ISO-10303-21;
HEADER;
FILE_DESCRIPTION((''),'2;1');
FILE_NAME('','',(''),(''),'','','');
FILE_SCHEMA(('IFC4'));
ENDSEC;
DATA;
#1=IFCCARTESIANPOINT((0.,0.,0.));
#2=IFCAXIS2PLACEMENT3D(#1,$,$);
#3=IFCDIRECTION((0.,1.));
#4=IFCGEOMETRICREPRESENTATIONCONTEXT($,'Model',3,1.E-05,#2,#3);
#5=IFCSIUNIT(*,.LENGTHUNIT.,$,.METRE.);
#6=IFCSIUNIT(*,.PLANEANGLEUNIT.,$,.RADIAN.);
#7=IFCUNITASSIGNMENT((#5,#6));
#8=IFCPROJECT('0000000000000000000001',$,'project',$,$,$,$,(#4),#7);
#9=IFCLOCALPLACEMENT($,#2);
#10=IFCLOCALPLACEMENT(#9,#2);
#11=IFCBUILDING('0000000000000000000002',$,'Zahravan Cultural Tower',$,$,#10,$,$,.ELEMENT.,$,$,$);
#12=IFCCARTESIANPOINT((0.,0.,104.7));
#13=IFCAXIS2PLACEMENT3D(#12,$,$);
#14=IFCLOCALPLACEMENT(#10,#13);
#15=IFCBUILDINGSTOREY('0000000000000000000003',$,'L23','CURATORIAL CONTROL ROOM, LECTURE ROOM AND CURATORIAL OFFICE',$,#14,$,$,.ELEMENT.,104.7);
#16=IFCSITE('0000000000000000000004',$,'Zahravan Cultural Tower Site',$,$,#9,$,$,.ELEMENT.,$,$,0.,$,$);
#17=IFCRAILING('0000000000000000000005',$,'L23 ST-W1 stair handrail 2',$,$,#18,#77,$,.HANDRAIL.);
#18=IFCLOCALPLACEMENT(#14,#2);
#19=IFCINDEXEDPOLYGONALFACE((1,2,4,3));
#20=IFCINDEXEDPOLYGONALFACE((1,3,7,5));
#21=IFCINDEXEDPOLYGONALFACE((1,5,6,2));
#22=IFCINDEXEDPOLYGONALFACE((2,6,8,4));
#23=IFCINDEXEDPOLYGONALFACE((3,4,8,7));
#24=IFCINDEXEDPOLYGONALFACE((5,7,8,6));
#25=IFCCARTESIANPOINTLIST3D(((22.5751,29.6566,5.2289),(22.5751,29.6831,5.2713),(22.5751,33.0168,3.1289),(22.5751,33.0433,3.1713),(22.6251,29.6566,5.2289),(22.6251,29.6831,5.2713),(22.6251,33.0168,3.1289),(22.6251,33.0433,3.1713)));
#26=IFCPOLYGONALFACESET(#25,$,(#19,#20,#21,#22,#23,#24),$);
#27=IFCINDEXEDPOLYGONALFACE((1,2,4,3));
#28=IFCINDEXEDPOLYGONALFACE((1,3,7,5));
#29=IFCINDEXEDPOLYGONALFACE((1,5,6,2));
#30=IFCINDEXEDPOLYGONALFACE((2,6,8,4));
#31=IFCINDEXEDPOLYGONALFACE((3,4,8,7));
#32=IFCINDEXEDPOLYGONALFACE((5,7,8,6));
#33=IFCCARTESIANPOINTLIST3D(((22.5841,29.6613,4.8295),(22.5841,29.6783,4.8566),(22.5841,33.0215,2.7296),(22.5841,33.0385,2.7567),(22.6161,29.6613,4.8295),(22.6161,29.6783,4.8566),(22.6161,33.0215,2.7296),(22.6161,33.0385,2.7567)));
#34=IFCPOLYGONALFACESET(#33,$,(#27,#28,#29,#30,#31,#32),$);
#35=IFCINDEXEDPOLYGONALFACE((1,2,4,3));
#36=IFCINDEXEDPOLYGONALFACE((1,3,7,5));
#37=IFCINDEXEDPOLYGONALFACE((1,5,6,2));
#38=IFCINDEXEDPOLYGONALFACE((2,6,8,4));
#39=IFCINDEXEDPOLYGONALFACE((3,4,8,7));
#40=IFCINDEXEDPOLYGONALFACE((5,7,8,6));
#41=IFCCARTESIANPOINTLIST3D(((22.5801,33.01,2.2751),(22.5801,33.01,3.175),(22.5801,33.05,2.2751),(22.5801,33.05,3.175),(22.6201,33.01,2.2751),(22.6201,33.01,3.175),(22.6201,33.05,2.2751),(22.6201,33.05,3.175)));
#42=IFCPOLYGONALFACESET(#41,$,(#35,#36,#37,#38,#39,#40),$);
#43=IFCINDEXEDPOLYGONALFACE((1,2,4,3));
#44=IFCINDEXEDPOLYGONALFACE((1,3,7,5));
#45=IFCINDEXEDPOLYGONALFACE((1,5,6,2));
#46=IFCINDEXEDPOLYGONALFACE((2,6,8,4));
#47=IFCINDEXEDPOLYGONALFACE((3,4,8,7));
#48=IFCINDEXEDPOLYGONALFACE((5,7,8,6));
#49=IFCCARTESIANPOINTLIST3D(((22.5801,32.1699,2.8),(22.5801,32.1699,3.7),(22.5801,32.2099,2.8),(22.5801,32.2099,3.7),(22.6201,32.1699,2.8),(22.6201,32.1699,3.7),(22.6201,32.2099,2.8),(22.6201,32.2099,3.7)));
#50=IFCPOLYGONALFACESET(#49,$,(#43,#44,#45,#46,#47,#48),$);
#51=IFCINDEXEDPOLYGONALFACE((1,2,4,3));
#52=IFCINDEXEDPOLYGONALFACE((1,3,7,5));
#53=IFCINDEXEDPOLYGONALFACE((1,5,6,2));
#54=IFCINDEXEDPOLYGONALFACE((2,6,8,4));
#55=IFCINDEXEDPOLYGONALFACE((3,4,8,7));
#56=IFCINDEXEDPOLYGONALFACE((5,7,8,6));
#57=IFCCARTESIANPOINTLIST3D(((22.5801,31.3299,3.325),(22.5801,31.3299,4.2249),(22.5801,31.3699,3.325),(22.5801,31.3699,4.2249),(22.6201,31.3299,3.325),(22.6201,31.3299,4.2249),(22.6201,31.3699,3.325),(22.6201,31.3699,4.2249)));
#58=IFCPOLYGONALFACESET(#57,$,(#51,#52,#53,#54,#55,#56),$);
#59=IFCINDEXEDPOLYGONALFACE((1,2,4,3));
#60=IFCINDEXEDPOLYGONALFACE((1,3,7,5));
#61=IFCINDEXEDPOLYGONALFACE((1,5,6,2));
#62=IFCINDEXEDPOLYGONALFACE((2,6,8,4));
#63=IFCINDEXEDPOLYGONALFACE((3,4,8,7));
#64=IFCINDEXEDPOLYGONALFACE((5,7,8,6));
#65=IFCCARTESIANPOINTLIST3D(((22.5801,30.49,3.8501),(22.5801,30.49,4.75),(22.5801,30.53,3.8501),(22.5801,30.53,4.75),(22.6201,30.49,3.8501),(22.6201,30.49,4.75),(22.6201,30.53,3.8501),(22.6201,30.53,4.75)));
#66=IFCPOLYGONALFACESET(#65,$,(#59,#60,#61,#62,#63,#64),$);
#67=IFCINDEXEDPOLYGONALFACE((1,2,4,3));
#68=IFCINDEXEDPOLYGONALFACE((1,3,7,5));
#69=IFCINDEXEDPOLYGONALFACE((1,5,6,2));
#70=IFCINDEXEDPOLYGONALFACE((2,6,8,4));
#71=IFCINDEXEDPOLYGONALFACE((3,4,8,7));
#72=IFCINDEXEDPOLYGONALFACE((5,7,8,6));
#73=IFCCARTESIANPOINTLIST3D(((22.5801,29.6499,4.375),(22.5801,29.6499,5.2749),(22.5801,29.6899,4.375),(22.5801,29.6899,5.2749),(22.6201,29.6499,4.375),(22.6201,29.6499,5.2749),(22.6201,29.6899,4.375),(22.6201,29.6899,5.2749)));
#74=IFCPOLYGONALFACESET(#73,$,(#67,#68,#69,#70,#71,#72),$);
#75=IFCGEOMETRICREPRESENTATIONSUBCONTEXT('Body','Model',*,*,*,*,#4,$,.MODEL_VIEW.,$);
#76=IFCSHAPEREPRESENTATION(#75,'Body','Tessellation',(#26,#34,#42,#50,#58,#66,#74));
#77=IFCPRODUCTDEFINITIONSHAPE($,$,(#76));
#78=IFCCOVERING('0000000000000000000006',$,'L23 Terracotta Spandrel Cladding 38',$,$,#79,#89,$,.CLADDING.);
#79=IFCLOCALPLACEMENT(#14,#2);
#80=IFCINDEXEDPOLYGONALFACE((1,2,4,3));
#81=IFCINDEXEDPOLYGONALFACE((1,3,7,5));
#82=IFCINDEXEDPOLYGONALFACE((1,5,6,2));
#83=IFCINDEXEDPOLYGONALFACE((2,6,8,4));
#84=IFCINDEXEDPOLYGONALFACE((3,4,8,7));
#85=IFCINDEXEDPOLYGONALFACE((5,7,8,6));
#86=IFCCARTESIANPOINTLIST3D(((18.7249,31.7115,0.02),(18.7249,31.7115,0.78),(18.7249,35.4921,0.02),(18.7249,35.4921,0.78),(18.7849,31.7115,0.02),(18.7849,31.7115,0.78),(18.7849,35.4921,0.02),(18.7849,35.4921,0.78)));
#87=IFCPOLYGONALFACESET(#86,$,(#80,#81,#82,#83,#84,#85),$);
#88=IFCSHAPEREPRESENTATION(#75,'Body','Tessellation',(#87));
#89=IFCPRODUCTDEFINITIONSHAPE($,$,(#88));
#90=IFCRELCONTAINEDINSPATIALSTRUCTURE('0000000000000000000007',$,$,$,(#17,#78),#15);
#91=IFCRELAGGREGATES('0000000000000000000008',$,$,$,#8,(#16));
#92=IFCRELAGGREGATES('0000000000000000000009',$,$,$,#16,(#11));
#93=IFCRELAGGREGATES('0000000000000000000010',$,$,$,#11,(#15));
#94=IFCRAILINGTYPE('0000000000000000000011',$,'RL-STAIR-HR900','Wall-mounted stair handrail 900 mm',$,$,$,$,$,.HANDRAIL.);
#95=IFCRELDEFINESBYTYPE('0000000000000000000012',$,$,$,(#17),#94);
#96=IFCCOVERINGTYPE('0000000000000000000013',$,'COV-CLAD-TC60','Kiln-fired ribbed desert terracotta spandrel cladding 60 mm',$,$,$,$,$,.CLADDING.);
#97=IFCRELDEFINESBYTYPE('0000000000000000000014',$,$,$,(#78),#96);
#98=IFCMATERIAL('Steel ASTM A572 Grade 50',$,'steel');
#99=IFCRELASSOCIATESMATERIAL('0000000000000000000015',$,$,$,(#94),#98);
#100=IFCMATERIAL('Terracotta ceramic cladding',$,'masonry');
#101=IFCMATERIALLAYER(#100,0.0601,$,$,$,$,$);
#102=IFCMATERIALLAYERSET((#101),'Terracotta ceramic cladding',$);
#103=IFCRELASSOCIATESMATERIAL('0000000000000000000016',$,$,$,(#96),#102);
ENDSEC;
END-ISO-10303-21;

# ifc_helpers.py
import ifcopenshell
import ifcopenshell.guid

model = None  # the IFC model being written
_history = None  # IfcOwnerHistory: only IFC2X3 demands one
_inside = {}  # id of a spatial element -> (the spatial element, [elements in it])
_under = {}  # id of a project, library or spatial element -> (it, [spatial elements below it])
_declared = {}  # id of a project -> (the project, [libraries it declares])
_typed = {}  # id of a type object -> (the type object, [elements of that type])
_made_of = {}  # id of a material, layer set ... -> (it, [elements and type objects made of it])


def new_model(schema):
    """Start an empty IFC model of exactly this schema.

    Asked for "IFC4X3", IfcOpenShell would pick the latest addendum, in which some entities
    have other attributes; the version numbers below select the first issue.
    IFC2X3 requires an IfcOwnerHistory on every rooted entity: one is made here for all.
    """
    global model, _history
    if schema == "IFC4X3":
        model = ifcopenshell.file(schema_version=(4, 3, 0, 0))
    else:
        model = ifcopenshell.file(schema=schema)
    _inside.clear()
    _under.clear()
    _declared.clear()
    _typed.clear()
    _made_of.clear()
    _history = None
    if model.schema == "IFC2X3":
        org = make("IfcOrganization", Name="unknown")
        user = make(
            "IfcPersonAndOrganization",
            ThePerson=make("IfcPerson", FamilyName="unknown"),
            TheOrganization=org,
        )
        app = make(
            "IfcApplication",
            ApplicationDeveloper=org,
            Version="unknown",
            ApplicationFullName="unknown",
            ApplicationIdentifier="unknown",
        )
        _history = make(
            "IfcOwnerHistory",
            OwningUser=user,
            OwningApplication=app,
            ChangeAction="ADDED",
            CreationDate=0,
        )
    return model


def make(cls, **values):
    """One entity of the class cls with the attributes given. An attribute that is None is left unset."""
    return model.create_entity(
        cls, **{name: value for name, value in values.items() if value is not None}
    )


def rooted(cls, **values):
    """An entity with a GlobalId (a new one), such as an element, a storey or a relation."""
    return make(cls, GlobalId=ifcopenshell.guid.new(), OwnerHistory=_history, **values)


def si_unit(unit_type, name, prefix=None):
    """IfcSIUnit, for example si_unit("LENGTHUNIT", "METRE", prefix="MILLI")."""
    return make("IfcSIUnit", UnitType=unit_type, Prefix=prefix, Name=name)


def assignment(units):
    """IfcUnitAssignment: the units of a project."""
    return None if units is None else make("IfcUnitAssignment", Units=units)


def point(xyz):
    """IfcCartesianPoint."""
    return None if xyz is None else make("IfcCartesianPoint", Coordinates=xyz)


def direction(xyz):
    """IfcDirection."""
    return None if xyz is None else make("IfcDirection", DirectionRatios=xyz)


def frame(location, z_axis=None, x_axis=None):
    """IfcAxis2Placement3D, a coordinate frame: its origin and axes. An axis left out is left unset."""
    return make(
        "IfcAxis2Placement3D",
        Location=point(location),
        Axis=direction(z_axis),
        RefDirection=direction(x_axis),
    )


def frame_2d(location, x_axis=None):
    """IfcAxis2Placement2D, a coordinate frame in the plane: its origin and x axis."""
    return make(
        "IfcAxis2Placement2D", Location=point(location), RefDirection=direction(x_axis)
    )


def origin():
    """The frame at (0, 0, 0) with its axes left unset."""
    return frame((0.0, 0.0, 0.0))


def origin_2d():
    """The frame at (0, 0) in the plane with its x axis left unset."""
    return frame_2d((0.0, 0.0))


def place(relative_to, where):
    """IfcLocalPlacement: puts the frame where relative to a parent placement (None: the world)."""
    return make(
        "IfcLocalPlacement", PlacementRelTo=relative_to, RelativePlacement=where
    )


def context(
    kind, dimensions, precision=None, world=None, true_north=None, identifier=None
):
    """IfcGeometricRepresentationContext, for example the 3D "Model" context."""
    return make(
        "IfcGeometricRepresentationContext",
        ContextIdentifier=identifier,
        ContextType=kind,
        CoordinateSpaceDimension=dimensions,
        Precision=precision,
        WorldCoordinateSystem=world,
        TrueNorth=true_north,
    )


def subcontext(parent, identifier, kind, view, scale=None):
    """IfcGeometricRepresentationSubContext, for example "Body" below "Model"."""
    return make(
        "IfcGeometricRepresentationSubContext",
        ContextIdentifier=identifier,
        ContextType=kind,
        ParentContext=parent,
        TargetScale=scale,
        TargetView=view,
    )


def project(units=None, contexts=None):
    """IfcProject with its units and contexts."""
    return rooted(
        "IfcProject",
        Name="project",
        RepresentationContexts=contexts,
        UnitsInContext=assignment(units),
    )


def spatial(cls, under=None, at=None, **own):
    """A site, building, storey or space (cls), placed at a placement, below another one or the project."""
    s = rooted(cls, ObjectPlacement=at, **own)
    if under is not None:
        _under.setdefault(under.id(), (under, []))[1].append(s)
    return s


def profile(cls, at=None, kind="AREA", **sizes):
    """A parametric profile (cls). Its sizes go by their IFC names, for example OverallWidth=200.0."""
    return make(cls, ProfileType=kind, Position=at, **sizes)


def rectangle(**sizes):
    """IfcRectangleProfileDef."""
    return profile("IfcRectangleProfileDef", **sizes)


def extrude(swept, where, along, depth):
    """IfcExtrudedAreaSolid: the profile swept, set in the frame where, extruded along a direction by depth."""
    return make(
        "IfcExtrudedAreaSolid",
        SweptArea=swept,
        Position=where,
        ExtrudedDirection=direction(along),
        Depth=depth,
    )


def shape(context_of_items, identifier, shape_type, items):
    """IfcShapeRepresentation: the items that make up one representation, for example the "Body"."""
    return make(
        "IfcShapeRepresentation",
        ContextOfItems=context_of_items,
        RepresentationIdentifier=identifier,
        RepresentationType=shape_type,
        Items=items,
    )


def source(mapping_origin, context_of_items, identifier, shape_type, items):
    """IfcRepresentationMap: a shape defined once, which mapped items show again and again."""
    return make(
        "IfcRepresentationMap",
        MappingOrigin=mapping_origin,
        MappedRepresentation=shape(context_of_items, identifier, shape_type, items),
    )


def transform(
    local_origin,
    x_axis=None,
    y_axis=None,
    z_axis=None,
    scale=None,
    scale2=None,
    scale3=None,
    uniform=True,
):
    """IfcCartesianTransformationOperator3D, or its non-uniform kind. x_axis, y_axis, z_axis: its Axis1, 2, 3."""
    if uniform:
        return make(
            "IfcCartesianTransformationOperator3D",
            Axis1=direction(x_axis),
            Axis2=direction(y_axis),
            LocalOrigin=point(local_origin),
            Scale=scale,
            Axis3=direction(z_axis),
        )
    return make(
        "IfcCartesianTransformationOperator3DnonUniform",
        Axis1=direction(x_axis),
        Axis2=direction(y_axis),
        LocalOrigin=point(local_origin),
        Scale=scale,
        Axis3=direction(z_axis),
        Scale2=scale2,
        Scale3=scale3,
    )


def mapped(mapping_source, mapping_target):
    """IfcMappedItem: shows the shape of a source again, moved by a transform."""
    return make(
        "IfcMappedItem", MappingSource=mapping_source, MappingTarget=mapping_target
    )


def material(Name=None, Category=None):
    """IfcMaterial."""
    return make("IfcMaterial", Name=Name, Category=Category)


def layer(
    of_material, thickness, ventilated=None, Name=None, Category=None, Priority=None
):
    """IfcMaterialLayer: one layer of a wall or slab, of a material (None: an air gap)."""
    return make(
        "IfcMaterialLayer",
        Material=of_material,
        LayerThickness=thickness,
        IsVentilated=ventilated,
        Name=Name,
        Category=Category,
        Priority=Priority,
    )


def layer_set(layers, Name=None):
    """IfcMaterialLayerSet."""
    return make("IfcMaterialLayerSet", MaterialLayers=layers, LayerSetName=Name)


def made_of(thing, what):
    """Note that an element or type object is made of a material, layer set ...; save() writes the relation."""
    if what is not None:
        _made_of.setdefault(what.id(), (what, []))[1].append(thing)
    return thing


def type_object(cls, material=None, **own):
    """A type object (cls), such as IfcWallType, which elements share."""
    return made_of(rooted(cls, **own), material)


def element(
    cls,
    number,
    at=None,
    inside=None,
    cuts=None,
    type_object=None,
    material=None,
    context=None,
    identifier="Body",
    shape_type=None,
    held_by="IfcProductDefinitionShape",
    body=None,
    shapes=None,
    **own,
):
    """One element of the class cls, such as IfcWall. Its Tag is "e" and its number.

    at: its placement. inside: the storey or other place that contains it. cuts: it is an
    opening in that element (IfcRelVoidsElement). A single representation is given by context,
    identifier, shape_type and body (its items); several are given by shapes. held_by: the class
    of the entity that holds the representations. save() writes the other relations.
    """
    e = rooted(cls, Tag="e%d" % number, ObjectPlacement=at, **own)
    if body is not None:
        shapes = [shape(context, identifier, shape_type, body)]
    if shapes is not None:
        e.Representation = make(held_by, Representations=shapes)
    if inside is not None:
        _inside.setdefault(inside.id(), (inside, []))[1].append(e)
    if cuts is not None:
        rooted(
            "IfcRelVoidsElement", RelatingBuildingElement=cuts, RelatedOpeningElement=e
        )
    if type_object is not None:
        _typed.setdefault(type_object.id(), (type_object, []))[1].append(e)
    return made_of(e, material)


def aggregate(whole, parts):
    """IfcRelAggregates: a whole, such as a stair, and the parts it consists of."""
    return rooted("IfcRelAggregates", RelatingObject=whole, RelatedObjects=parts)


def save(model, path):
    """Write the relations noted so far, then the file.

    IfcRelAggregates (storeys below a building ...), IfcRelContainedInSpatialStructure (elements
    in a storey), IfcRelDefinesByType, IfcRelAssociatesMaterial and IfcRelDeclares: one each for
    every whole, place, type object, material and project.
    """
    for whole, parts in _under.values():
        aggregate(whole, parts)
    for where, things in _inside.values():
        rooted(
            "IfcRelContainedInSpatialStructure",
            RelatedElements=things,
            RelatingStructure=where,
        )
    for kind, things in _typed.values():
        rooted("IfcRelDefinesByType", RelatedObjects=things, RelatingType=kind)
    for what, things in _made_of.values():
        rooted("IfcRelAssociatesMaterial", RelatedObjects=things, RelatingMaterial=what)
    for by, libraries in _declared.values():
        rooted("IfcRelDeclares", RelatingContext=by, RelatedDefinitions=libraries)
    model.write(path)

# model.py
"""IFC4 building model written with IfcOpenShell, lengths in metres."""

from ifc_helpers import new_model, si_unit, direction, frame, origin, origin_2d, place, context, subcontext, project, spatial, rectangle, extrude, source, transform, mapped, material, layer, layer_set, type_object, element, save


model = new_model("IFC4")

# Units and contexts
model_context = context("Model", 3, precision=1e-05, world=origin(), true_north=direction((0.0, 1.0)))
body_context = subcontext(model_context, "Body", "Model", "MODEL_VIEW")
ifc_project = project(units=[si_unit("LENGTHUNIT", "METRE"), si_unit("PLANEANGLEUNIT", "RADIAN")], contexts=[model_context])

# Site, building, storey
site_placement = place(None, origin())
site = spatial("IfcSite", under=ifc_project, at=site_placement, Name="Zahravan Cultural Tower Site", CompositionType="ELEMENT", RefElevation=0.0)
building_placement = place(site_placement, origin())
building = spatial("IfcBuilding", under=site, at=building_placement, Name="Zahravan Cultural Tower", CompositionType="ELEMENT")
storey_placement = place(building_placement, frame((0.0, 0.0, 104.7)))
storey = spatial("IfcBuildingStorey", under=building, at=storey_placement, Name="L23", Description="CURATORIAL CONTROL ROOM, LECTURE ROOM AND CURATORIAL OFFICE", CompositionType="ELEMENT", Elevation=104.7)

# Shared definitions
ifc_material_1 = material(Name="Steel ASTM A572 Grade 50", Category="steel")

# Railing
railing_type_1 = type_object("IfcRailingType", Name="RL-STAIR-HR900", Description="Wall-mounted stair handrail 900 mm", PredefinedType="HANDRAIL", material=ifc_material_1)
railing_1_placement = place(storey_placement, frame((22.6001, 33.03, 2.2751)))
element("IfcRailing", 1, at=railing_1_placement, inside=storey, type_object=railing_type_1, Name="L23 ST-W1 stair handrail 2", PredefinedType="HANDRAIL", context=body_context, shape_type="SweptSolid", body=[
    extrude(rectangle(XDim=0.05, YDim=0.05, at=origin_2d()), frame((0.0, 0.0, 0.875), z_axis=(0.0, -0.848023, 0.52996), x_axis=(1.0, 0.0, 0.0)), (0.0, 0.0, 1.0), 3.9624),
    extrude(rectangle(XDim=0.032, YDim=0.032, at=origin_2d()), frame((0.0, 0.0, 0.468), z_axis=(0.0, -0.848023, 0.52996), x_axis=(1.0, 0.0, 0.0)), (0.0, 0.0, 1.0), 3.9624),
    extrude(rectangle(XDim=0.04, YDim=0.04, at=origin_2d()), origin(), (0.0, 0.0, 1.0), 0.8999),
    extrude(rectangle(XDim=0.04, YDim=0.04, at=origin_2d()), frame((0.0, -0.8401, 0.5249)), (0.0, 0.0, 1.0), 0.8999),
    extrude(rectangle(XDim=0.04, YDim=0.04, at=origin_2d()), frame((0.0, -1.6802, 1.0498)), (0.0, 0.0, 1.0), 0.8999),
    extrude(rectangle(XDim=0.04, YDim=0.04, at=origin_2d()), frame((0.0, -2.52, 1.575)), (0.0, 0.0, 1.0), 0.8999),
    extrude(rectangle(XDim=0.04, YDim=0.04, at=origin_2d()), frame((0.0, -3.3601, 2.0999)), (0.0, 0.0, 1.0), 0.8999),
])

# Covering
ifc_material_2 = material(Name="Terracotta ceramic cladding", Category="masonry")
ifc_layer_1 = layer(ifc_material_2, 0.0601)
ifc_layer_set_1 = layer_set([ifc_layer_1], Name="Terracotta ceramic cladding")
covering_type = type_object("IfcCoveringType", Name="COV-CLAD-TC60", Description="Kiln-fired ribbed desert terracotta spandrel cladding 60 mm", PredefinedType="CLADDING", material=ifc_layer_set_1)
shared_shape_1 = source(origin(), body_context, "Body", "SweptSolid", [
    extrude(rectangle(XDim=3.7805, YDim=0.0601, at=origin_2d()), origin(), (0.0, 0.0, 1.0), 0.76),
])
covering_placement = place(storey_placement, frame((18.7549, 33.6018, 0.02), z_axis=(0.0, 0.0, 1.0), x_axis=(0.0, 1.0, 0.0)))
element("IfcCovering", 2, at=covering_placement, inside=storey, type_object=covering_type, Name="L23 Terracotta Spandrel Cladding 38", PredefinedType="CLADDING", context=body_context, shape_type="MappedRepresentation", body=[
    mapped(shared_shape_1, transform((0.0, 0.0, 0.0), x_axis=(1.0, 0.0, 0.0), y_axis=(0.0, 1.0, 0.0), z_axis=(0.0, 0.0, 1.0), scale=1.0)),
])

save(model, "model.ifc")
